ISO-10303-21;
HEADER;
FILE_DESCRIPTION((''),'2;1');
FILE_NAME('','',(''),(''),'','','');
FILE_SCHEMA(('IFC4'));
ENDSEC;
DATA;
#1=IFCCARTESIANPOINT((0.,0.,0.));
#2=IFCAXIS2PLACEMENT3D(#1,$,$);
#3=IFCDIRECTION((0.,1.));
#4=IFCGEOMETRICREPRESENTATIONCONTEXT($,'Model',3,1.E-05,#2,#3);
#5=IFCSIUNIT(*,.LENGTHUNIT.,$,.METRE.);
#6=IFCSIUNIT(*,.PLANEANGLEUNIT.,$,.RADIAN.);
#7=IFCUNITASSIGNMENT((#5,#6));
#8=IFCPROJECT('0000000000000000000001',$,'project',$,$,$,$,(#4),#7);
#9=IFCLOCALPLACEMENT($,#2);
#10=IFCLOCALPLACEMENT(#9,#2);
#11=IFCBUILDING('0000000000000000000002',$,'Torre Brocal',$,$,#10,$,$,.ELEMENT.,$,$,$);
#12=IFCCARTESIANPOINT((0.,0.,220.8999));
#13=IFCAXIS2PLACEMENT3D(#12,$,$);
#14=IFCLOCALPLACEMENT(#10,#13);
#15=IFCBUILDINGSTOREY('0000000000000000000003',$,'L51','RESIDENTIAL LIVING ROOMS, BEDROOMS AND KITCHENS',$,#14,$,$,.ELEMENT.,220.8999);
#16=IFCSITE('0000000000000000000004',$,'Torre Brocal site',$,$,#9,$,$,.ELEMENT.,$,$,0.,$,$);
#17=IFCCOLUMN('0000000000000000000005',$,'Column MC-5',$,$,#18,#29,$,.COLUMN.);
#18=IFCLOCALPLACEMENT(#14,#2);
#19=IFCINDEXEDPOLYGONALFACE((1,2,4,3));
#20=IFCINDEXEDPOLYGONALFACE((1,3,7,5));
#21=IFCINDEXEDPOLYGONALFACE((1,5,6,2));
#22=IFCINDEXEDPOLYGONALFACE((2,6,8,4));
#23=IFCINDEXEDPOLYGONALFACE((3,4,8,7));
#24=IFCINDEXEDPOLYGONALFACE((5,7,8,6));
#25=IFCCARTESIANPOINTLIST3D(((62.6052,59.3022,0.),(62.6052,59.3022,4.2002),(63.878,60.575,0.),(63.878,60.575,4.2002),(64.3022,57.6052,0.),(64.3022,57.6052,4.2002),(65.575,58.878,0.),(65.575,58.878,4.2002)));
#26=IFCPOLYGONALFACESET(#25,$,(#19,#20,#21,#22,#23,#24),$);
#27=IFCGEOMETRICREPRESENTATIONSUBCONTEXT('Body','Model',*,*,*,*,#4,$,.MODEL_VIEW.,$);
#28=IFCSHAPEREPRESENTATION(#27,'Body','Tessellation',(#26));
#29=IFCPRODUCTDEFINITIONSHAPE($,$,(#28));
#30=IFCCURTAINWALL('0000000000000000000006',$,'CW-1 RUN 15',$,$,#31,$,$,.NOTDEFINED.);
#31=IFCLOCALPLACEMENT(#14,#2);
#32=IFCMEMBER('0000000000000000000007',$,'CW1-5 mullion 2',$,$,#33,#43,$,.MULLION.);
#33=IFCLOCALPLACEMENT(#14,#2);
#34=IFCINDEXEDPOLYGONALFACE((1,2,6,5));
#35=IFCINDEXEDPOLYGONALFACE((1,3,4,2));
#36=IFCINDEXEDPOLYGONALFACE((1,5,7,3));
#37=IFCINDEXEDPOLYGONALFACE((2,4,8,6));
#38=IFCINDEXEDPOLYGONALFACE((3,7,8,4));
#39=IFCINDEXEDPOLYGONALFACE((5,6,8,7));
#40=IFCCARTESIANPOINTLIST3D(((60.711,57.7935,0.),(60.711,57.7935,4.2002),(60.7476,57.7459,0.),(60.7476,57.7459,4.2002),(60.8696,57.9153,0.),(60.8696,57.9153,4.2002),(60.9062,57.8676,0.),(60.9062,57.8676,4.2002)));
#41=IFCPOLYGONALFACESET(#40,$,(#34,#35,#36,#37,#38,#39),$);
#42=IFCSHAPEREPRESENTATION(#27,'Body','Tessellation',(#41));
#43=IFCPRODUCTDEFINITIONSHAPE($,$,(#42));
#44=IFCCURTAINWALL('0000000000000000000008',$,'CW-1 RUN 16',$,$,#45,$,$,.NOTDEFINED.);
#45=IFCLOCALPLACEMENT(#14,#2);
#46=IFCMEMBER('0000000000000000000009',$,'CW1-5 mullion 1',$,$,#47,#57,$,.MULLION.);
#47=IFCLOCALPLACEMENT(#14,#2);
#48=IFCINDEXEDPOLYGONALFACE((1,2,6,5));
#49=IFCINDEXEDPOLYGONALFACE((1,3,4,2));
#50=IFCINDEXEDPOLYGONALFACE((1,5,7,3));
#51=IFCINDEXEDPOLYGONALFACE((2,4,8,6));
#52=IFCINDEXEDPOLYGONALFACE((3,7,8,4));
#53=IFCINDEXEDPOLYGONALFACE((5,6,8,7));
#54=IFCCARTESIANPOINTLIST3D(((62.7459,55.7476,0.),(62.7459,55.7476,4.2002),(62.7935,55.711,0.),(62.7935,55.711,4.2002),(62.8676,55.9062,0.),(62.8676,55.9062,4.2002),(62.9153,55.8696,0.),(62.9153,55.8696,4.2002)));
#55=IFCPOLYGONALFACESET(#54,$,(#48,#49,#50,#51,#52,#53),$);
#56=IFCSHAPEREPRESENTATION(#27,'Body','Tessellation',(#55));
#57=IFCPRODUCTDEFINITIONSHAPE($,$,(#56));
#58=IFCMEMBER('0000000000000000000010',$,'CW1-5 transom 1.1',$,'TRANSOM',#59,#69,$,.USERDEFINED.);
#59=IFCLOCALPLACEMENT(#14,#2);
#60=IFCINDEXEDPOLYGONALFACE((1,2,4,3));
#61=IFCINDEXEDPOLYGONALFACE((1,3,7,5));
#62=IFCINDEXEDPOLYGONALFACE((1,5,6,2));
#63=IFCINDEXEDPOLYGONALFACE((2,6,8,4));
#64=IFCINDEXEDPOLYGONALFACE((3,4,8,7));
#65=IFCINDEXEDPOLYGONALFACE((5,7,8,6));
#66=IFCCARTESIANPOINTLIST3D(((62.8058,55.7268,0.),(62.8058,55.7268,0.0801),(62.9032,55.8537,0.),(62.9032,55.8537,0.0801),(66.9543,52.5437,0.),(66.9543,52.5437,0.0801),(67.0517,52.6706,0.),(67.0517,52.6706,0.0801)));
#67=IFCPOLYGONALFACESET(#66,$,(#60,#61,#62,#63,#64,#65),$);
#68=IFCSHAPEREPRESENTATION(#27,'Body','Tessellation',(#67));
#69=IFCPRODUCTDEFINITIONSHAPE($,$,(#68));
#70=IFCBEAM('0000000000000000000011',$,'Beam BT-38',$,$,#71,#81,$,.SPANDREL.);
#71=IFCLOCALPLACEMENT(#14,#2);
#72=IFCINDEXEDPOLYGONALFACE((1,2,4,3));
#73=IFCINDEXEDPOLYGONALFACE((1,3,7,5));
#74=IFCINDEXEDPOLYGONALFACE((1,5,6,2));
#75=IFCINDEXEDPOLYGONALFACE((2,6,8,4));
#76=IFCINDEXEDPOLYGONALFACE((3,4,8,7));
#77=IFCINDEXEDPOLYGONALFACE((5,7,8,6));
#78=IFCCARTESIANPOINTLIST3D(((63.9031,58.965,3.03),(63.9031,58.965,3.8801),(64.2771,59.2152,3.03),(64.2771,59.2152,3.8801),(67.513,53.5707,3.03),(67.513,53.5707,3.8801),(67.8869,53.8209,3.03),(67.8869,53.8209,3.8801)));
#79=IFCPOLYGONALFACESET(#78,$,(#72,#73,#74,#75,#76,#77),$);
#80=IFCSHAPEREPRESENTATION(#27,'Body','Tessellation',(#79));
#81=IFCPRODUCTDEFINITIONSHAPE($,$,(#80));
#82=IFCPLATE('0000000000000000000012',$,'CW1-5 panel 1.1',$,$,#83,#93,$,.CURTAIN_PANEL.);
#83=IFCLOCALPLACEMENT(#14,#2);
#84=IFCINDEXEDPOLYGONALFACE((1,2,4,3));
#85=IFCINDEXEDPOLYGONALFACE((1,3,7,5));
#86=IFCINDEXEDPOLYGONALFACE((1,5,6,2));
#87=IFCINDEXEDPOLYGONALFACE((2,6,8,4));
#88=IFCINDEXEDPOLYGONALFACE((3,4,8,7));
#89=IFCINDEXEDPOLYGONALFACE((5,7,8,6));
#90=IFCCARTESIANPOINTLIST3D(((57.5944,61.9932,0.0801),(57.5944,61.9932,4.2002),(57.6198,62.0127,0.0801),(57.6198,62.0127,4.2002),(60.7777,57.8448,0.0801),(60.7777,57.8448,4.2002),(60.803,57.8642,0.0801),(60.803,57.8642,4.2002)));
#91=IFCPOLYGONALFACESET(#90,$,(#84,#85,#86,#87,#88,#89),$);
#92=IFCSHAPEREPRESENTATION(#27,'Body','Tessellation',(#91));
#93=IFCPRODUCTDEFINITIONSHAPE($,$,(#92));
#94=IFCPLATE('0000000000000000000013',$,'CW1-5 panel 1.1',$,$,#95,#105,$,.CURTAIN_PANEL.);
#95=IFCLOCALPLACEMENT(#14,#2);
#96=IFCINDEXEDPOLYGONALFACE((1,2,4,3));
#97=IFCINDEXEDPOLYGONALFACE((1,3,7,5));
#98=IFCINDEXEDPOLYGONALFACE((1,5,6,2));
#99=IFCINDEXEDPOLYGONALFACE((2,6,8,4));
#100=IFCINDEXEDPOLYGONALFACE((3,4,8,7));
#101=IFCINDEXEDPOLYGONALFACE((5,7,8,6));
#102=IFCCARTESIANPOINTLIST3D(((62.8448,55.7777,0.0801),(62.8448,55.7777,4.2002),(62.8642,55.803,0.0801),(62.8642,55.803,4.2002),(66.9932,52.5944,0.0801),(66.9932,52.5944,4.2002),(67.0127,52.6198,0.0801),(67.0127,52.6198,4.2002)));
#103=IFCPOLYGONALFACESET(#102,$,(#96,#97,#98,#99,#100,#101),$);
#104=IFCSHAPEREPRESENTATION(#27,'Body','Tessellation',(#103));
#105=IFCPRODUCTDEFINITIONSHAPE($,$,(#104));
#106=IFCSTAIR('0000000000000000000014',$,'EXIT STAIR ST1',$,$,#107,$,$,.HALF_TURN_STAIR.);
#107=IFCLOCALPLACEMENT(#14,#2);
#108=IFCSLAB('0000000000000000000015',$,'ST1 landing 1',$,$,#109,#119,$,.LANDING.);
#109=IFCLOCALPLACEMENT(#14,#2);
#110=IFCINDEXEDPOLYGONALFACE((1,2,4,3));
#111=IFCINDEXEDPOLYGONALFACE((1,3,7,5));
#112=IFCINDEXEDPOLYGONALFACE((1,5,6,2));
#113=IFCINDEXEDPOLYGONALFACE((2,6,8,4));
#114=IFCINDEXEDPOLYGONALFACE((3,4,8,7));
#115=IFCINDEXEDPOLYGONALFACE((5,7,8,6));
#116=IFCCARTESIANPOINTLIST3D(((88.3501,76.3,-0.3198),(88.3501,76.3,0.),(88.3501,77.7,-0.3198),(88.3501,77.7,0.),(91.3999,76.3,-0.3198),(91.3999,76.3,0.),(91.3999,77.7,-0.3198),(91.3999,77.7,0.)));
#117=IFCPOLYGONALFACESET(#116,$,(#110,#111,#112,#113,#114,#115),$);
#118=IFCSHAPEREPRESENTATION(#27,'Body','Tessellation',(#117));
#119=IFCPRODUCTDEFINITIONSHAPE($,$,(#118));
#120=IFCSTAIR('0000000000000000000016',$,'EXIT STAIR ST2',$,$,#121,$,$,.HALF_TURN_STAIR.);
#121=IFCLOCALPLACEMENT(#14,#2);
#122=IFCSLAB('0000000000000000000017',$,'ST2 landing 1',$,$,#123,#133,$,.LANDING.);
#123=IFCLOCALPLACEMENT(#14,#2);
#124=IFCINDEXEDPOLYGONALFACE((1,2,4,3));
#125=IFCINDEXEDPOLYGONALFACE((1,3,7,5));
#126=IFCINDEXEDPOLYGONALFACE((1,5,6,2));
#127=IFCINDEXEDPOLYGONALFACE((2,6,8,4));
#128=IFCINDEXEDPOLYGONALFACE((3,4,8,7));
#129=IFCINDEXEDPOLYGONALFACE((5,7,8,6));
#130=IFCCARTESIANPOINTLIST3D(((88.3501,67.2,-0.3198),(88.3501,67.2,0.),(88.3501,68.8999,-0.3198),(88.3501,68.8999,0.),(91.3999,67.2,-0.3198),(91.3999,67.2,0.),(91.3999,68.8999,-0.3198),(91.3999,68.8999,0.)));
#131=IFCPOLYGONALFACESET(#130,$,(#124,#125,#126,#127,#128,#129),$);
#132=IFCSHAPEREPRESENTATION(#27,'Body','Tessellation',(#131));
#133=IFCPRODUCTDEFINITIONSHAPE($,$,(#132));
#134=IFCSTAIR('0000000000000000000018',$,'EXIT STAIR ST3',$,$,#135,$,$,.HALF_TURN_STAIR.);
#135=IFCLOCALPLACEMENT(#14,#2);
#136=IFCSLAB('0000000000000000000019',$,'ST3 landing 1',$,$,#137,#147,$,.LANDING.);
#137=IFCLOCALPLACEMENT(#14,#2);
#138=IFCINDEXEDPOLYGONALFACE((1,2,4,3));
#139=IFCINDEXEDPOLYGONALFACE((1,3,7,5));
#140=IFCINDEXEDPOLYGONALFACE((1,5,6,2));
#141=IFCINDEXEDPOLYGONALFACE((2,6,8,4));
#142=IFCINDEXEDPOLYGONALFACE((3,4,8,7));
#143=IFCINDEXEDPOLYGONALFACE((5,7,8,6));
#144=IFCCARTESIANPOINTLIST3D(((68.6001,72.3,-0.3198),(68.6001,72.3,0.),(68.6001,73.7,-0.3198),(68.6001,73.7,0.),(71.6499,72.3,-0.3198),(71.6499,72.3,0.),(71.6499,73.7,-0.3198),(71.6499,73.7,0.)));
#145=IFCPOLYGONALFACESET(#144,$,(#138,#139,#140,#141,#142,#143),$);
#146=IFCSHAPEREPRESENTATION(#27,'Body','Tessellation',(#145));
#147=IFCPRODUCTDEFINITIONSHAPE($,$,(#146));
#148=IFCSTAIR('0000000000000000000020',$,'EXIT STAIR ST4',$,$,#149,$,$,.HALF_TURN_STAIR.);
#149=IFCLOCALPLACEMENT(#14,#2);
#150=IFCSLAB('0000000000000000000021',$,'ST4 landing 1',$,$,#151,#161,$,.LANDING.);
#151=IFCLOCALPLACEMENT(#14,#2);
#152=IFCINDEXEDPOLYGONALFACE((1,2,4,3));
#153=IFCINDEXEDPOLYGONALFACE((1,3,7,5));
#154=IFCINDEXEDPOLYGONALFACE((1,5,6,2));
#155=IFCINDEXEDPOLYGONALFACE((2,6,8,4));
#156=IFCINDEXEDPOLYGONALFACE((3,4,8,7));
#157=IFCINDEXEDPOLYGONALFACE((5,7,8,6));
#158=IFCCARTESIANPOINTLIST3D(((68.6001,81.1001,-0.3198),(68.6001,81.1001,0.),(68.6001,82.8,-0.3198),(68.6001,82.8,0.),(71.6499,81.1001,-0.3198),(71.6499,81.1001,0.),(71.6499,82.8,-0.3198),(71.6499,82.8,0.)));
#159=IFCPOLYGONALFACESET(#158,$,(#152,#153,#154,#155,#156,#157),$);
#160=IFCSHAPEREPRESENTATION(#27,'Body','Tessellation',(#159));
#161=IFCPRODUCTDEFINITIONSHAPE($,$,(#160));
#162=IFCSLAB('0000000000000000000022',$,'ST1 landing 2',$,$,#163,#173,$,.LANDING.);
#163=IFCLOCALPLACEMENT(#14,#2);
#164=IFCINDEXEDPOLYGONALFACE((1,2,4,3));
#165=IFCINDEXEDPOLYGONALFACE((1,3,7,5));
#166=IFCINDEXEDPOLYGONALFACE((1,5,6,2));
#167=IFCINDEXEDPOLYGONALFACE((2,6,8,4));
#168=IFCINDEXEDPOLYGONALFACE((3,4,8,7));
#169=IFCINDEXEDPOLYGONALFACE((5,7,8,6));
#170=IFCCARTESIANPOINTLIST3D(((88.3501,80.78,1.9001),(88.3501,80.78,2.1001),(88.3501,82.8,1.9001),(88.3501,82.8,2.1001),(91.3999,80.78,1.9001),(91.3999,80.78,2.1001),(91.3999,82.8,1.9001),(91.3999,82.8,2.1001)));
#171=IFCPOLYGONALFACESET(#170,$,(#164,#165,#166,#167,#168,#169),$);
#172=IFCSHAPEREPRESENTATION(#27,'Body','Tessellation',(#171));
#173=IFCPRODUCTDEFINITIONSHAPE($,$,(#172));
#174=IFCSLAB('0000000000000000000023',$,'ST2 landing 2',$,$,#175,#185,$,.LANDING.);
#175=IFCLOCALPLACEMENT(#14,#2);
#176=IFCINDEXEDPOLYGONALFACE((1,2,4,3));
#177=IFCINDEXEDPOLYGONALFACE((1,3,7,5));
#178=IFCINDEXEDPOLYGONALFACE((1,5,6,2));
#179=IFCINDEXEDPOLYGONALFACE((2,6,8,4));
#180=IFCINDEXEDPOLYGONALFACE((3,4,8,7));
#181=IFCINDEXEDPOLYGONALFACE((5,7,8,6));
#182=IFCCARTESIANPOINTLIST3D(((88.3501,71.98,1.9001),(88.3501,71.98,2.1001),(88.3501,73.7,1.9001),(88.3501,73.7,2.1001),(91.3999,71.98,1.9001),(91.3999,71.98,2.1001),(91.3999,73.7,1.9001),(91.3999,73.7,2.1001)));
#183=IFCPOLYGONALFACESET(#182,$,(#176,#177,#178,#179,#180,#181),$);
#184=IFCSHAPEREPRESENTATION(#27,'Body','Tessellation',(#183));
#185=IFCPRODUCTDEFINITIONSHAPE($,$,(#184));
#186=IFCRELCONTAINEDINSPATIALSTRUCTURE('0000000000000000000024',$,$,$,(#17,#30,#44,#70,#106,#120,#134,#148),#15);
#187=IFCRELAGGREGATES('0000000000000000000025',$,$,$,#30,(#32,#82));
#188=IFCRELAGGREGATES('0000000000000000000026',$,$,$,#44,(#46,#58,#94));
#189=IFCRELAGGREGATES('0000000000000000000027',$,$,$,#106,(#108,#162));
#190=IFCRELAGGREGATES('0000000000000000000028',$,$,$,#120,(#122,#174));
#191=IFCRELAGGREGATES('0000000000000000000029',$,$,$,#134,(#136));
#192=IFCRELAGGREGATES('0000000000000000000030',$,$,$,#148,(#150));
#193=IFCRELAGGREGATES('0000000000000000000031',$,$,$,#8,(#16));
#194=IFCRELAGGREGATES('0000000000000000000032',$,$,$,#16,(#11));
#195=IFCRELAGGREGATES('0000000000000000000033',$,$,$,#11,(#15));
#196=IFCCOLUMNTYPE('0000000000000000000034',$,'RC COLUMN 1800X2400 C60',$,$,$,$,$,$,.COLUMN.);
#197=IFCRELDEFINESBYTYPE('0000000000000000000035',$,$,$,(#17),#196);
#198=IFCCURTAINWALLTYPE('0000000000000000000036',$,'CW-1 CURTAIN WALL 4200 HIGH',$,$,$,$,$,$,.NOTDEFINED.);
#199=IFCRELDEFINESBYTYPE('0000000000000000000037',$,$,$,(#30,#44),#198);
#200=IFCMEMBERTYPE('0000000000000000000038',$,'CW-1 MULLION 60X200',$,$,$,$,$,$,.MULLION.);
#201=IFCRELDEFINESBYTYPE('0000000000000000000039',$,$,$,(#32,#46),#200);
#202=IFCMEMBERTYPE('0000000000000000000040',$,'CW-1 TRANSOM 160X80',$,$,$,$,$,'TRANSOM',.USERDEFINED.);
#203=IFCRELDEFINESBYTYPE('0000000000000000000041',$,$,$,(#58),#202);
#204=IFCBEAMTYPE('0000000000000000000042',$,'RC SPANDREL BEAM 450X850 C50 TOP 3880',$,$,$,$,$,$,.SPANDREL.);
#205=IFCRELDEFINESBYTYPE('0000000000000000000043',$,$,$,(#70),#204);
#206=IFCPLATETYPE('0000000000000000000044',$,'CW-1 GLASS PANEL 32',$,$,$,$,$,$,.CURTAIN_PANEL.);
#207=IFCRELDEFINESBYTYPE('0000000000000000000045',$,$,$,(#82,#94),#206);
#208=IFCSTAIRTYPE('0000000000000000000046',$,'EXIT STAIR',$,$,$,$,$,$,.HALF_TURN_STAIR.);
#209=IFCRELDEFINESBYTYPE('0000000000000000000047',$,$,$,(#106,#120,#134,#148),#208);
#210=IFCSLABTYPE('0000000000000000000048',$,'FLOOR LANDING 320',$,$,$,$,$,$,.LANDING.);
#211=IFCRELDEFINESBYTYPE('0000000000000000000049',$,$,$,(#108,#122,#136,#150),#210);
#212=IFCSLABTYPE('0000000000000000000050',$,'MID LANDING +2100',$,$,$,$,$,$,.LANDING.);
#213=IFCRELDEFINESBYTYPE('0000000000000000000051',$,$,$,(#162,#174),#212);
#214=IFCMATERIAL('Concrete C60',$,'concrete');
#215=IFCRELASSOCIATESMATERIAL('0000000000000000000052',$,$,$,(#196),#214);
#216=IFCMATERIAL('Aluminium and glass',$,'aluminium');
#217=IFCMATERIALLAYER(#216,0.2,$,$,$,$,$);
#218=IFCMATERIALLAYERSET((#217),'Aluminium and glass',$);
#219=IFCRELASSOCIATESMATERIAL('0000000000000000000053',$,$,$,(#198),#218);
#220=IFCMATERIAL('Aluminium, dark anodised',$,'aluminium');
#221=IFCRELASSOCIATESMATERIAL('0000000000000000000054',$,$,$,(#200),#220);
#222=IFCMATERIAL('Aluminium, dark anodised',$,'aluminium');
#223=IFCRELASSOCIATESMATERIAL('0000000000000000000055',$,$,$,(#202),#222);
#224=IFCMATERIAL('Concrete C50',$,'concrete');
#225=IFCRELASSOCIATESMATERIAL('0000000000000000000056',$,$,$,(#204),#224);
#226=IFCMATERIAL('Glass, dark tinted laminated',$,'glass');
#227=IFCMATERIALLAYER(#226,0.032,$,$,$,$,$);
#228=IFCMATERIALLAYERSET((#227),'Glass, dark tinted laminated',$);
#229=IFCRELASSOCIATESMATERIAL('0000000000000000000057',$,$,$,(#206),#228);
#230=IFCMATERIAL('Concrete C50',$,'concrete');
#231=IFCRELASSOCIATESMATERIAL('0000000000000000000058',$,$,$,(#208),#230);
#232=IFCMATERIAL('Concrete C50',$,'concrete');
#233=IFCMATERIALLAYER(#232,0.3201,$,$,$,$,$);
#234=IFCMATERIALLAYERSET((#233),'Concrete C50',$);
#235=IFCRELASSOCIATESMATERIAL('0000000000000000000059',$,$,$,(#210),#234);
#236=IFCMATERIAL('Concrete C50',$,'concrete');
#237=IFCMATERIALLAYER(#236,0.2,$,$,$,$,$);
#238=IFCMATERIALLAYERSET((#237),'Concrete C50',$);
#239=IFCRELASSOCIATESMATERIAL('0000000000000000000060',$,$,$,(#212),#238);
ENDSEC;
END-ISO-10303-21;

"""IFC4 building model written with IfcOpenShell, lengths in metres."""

from ifc_helpers import new_model, si_unit, direction, frame, origin, origin_2d, place, context, subcontext, project, spatial, polyline, rectangle, outline, extrude, material, layer, layer_set, material_profile, profile_set, type_object, element, aggregate, save


model = new_model("IFC4")

# Units and contexts
model_context = context("Model", 3, precision=1e-05, world=origin(), true_north=direction((0.0, 1.0)))
body_context = subcontext(model_context, "Body", "Model", "MODEL_VIEW")
ifc_project = project(units=[si_unit("LENGTHUNIT", "METRE"), si_unit("PLANEANGLEUNIT", "RADIAN")], contexts=[model_context])

# Site, building, storey
site_placement = place(None, origin())
site = spatial("IfcSite", under=ifc_project, at=site_placement, Name="Torre Brocal site", CompositionType="ELEMENT", RefElevation=0.0)
building_placement = place(site_placement, origin())
building = spatial("IfcBuilding", under=site, at=building_placement, Name="Torre Brocal", CompositionType="ELEMENT")
storey_placement = place(building_placement, frame((0.0, 0.0, 220.8999)))
storey = spatial("IfcBuildingStorey", under=building, at=storey_placement, Name="L51", Description="RESIDENTIAL LIVING ROOMS, BEDROOMS AND KITCHENS", CompositionType="ELEMENT", Elevation=220.8999)

# Column
ifc_material_1 = material(Name="Concrete C60", Category="concrete")
ifc_material_profile_1 = material_profile(ifc_material_1, rectangle(XDim=1.8, YDim=2.3999, at=origin_2d()), Name="RC 1800X2400")
ifc_profile_set_1 = profile_set([ifc_material_profile_1], Name="Concrete C60")
column_type = type_object("IfcColumnType", Name="RC COLUMN 1800X2400 C60", PredefinedType="COLUMN", material=ifc_profile_set_1)
column_placement = place(storey_placement, frame((64.0901, 59.0901, 0.0), z_axis=(0.0, 0.0, 1.0), x_axis=(-0.707107, -0.707107, 0.0)))
element("IfcColumn", 1, at=column_placement, inside=storey, type_object=column_type, Name="Column MC-5", PredefinedType="COLUMN", context=body_context, shape_type="SweptSolid", body=[
    extrude(rectangle(XDim=1.8, YDim=2.3999, at=origin_2d()), origin(), (0.0, 0.0, 1.0), 4.2002),
])

# Curtain wall, member
ifc_material_2 = material(Name="Aluminium and glass", Category="aluminium")
ifc_layer_1 = layer(ifc_material_2, 0.2)
ifc_layer_set_1 = layer_set([ifc_layer_1], Name="Aluminium and glass")
curtain_wall_type = type_object("IfcCurtainWallType", Name="CW-1 CURTAIN WALL 4200 HIGH", PredefinedType="NOTDEFINED", material=ifc_layer_set_1)
curtain_wall_1_placement = place(storey_placement, origin())
curtain_wall_1 = element("IfcCurtainWall", 2, at=curtain_wall_1_placement, inside=storey, type_object=curtain_wall_type, Name="CW-1 RUN 15", PredefinedType="NOTDEFINED")
ifc_material_3 = material(Name="Aluminium, dark anodised", Category="aluminium")
ifc_material_profile_2 = material_profile(ifc_material_3, rectangle(XDim=0.2, YDim=0.0601, at=origin_2d()), Name="CW-1 MULLION 60X200")
ifc_profile_set_2 = profile_set([ifc_material_profile_2], Name="Aluminium, dark anodised")
member_type_1 = type_object("IfcMemberType", Name="CW-1 MULLION 60X200", PredefinedType="MULLION", material=ifc_profile_set_2)
member_1_placement = place(storey_placement, frame((60.8086, 57.8306, 0.0), z_axis=(0.0, 0.0, 1.0), x_axis=(0.793353, 0.608761, 0.0)))
member_1 = element("IfcMember", 3, at=member_1_placement, type_object=member_type_1, Name="CW1-5 mullion 2", PredefinedType="MULLION", context=body_context, shape_type="SweptSolid", body=[
    extrude(rectangle(XDim=0.2, YDim=0.0601, at=origin_2d()), origin(), (0.0, 0.0, 1.0), 4.2002),
])

# Curtain wall, members
curtain_wall_2_placement = place(storey_placement, origin())
curtain_wall_2 = element("IfcCurtainWall", 4, at=curtain_wall_2_placement, inside=storey, type_object=curtain_wall_type, Name="CW-1 RUN 16", PredefinedType="NOTDEFINED")
member_2_placement = place(storey_placement, frame((62.8306, 55.8086, 0.0), z_axis=(0.0, 0.0, 1.0), x_axis=(0.608761, 0.793353, 0.0)))
member_2 = element("IfcMember", 5, at=member_2_placement, type_object=member_type_1, Name="CW1-5 mullion 1", PredefinedType="MULLION", context=body_context, shape_type="SweptSolid", body=[
    extrude(rectangle(XDim=0.2, YDim=0.0601, at=origin_2d()), origin(), (0.0, 0.0, 1.0), 4.2002),
])
ifc_material_4 = material(Name="Aluminium, dark anodised", Category="aluminium")
ifc_material_profile_3 = material_profile(ifc_material_4, rectangle(XDim=0.1599, YDim=0.0801, at=origin_2d()), Name="CW-1 TRANSOM 160X80")
ifc_profile_set_3 = profile_set([ifc_material_profile_3], Name="Aluminium, dark anodised")
member_type_2 = type_object("IfcMemberType", Name="CW-1 TRANSOM 160X80", ElementType="TRANSOM", PredefinedType="USERDEFINED", material=ifc_profile_set_3)
member_3_placement = place(storey_placement, frame((62.8545, 55.7903, 0.04), z_axis=(0.793363, -0.608749, 0.0), x_axis=(0.608749, 0.793363, 0.0)))
member_3 = element("IfcMember", 6, at=member_3_placement, type_object=member_type_2, Name="CW1-5 transom 1.1", ObjectType="TRANSOM", PredefinedType="USERDEFINED", context=body_context, shape_type="SweptSolid", body=[
    extrude(rectangle(XDim=0.1599, YDim=0.0801, at=origin_2d()), origin(), (0.0, 0.0, 1.0), 5.229),
])

# Beam
ifc_material_5 = material(Name="Concrete C50", Category="concrete")
ifc_material_profile_4 = material_profile(ifc_material_5, rectangle(XDim=0.45, YDim=0.8501, at=origin_2d()), Name="RC 450X850")
ifc_profile_set_4 = profile_set([ifc_material_profile_4], Name="Concrete C50")
beam_type = type_object("IfcBeamType", Name="RC SPANDREL BEAM 450X850 C50 TOP 3880", PredefinedType="SPANDREL", material=ifc_profile_set_4)
beam_placement = place(storey_placement, frame((64.0901, 59.0901, 3.4551), z_axis=(0.556158, -0.831077, 0.0), x_axis=(0.831077, 0.556158, 0.0)))
element("IfcBeam", 7, at=beam_placement, inside=storey, type_object=beam_type, Name="Beam BT-38", PredefinedType="SPANDREL", context=body_context, shape_type="SweptSolid", body=[
    extrude(rectangle(XDim=0.45, YDim=0.8501, at=origin_2d()), origin(), (0.0, 0.0, 1.0), 6.4907),
])

# Plates
ifc_material_6 = material(Name="Glass, dark tinted laminated", Category="glass")
ifc_layer_2 = layer(ifc_material_6, 0.032)
ifc_layer_set_2 = layer_set([ifc_layer_2], Name="Glass, dark tinted laminated")
plate_type = type_object("IfcPlateType", Name="CW-1 GLASS PANEL 32", PredefinedType="CURTAIN_PANEL", material=ifc_layer_set_2)
plate_1_placement = place(storey_placement, frame((59.1987, 59.9287, 0.0801), z_axis=(0.0, 0.0, 1.0), x_axis=(0.608761, -0.793353, 0.0)))
plate_1 = element("IfcPlate", 8, at=plate_1_placement, type_object=plate_type, Name="CW1-5 panel 1.1", PredefinedType="CURTAIN_PANEL", context=body_context, shape_type="SweptSolid", body=[
    extrude(rectangle(XDim=5.229, YDim=0.032, at=origin_2d()), origin(), (0.0, 0.0, 1.0), 4.1201),
])
aggregate(curtain_wall_1, [member_1, plate_1])
plate_2_placement = place(storey_placement, frame((64.9287, 54.1987, 0.0801), z_axis=(0.0, 0.0, 1.0), x_axis=(0.793353, -0.608761, 0.0)))
plate_2 = element("IfcPlate", 9, at=plate_2_placement, type_object=plate_type, Name="CW1-5 panel 1.1", PredefinedType="CURTAIN_PANEL", context=body_context, shape_type="SweptSolid", body=[
    extrude(rectangle(XDim=5.229, YDim=0.032, at=origin_2d()), origin(), (0.0, 0.0, 1.0), 4.1201),
])
aggregate(curtain_wall_2, [member_2, member_3, plate_2])

# Stairs, slabs
ifc_material_7 = material(Name="Concrete C50", Category="concrete")
stair_type = type_object("IfcStairType", Name="EXIT STAIR", PredefinedType="HALF_TURN_STAIR", material=ifc_material_7)
stair_1_placement = place(storey_placement, origin())
stair_1 = element("IfcStair", 10, at=stair_1_placement, inside=storey, type_object=stair_type, Name="EXIT STAIR ST1", PredefinedType="HALF_TURN_STAIR")
ifc_material_8 = material(Name="Concrete C50", Category="concrete")
ifc_layer_3 = layer(ifc_material_8, 0.3201)
ifc_layer_set_3 = layer_set([ifc_layer_3], Name="Concrete C50")
slab_type_1 = type_object("IfcSlabType", Name="FLOOR LANDING 320", PredefinedType="LANDING", material=ifc_layer_set_3)
slab_1_placement = place(storey_placement, frame((0.0, 0.0, -0.3198)))
slab_1 = element("IfcSlab", 11, at=slab_1_placement, type_object=slab_type_1, Name="ST1 landing 1", PredefinedType="LANDING", context=body_context, shape_type="SweptSolid", body=[
    extrude(outline(polyline([(88.3501, 76.3), (91.3999, 76.3), (91.3999, 77.7), (88.3501, 77.7), (88.3501, 76.3)])), origin(), (0.0, 0.0, 1.0), 0.3198),
])
stair_2_placement = place(storey_placement, origin())
stair_2 = element("IfcStair", 12, at=stair_2_placement, inside=storey, type_object=stair_type, Name="EXIT STAIR ST2", PredefinedType="HALF_TURN_STAIR")
slab_2_placement = place(storey_placement, frame((0.0, 0.0, -0.3198)))
slab_2 = element("IfcSlab", 13, at=slab_2_placement, type_object=slab_type_1, Name="ST2 landing 1", PredefinedType="LANDING", context=body_context, shape_type="SweptSolid", body=[
    extrude(outline(polyline([(88.3501, 67.2), (91.3999, 67.2), (91.3999, 68.8999), (88.3501, 68.8999), (88.3501, 67.2)])), origin(), (0.0, 0.0, 1.0), 0.3198),
])
stair_3_placement = place(storey_placement, origin())
stair_3 = element("IfcStair", 14, at=stair_3_placement, inside=storey, type_object=stair_type, Name="EXIT STAIR ST3", PredefinedType="HALF_TURN_STAIR")
slab_3_placement = place(storey_placement, frame((0.0, 0.0, -0.3198)))
slab_3 = element("IfcSlab", 15, at=slab_3_placement, type_object=slab_type_1, Name="ST3 landing 1", PredefinedType="LANDING", context=body_context, shape_type="SweptSolid", body=[
    extrude(outline(polyline([(71.6499, 73.7), (68.6001, 73.7), (68.6001, 72.3), (71.6499, 72.3), (71.6499, 73.7)])), origin(), (0.0, 0.0, 1.0), 0.3198),
])
stair_4_placement = place(storey_placement, origin())
stair_4 = element("IfcStair", 16, at=stair_4_placement, inside=storey, type_object=stair_type, Name="EXIT STAIR ST4", PredefinedType="HALF_TURN_STAIR")
slab_4_placement = place(storey_placement, frame((0.0, 0.0, -0.3198)))
slab_4 = element("IfcSlab", 17, at=slab_4_placement, type_object=slab_type_1, Name="ST4 landing 1", PredefinedType="LANDING", context=body_context, shape_type="SweptSolid", body=[
    extrude(outline(polyline([(71.6499, 82.8), (68.6001, 82.8), (68.6001, 81.1001), (71.6499, 81.1001), (71.6499, 82.8)])), origin(), (0.0, 0.0, 1.0), 0.3198),
])

# Slabs
ifc_material_9 = material(Name="Concrete C50", Category="concrete")
ifc_layer_4 = layer(ifc_material_9, 0.2)
ifc_layer_set_4 = layer_set([ifc_layer_4], Name="Concrete C50")
slab_type_2 = type_object("IfcSlabType", Name="MID LANDING +2100", PredefinedType="LANDING", material=ifc_layer_set_4)
slab_5_placement = place(storey_placement, frame((0.0, 0.0, 1.9001)))
slab_5 = element("IfcSlab", 18, at=slab_5_placement, type_object=slab_type_2, Name="ST1 landing 2", PredefinedType="LANDING", context=body_context, shape_type="SweptSolid", body=[
    extrude(outline(polyline([(88.3501, 80.78), (91.3999, 80.78), (91.3999, 82.8), (88.3501, 82.8), (88.3501, 80.78)])), origin(), (0.0, 0.0, 1.0), 0.2),
])
aggregate(stair_1, [slab_1, slab_5])
slab_6_placement = place(storey_placement, frame((0.0, 0.0, 1.9001)))
slab_6 = element("IfcSlab", 19, at=slab_6_placement, type_object=slab_type_2, Name="ST2 landing 2", PredefinedType="LANDING", context=body_context, shape_type="SweptSolid", body=[
    extrude(outline(polyline([(88.3501, 71.98), (91.3999, 71.98), (91.3999, 73.7), (88.3501, 73.7), (88.3501, 71.98)])), origin(), (0.0, 0.0, 1.0), 0.2),
])
aggregate(stair_2, [slab_2, slab_6])
aggregate(stair_3, [slab_3])
aggregate(stair_4, [slab_4])

save(model, "model.ifc")
